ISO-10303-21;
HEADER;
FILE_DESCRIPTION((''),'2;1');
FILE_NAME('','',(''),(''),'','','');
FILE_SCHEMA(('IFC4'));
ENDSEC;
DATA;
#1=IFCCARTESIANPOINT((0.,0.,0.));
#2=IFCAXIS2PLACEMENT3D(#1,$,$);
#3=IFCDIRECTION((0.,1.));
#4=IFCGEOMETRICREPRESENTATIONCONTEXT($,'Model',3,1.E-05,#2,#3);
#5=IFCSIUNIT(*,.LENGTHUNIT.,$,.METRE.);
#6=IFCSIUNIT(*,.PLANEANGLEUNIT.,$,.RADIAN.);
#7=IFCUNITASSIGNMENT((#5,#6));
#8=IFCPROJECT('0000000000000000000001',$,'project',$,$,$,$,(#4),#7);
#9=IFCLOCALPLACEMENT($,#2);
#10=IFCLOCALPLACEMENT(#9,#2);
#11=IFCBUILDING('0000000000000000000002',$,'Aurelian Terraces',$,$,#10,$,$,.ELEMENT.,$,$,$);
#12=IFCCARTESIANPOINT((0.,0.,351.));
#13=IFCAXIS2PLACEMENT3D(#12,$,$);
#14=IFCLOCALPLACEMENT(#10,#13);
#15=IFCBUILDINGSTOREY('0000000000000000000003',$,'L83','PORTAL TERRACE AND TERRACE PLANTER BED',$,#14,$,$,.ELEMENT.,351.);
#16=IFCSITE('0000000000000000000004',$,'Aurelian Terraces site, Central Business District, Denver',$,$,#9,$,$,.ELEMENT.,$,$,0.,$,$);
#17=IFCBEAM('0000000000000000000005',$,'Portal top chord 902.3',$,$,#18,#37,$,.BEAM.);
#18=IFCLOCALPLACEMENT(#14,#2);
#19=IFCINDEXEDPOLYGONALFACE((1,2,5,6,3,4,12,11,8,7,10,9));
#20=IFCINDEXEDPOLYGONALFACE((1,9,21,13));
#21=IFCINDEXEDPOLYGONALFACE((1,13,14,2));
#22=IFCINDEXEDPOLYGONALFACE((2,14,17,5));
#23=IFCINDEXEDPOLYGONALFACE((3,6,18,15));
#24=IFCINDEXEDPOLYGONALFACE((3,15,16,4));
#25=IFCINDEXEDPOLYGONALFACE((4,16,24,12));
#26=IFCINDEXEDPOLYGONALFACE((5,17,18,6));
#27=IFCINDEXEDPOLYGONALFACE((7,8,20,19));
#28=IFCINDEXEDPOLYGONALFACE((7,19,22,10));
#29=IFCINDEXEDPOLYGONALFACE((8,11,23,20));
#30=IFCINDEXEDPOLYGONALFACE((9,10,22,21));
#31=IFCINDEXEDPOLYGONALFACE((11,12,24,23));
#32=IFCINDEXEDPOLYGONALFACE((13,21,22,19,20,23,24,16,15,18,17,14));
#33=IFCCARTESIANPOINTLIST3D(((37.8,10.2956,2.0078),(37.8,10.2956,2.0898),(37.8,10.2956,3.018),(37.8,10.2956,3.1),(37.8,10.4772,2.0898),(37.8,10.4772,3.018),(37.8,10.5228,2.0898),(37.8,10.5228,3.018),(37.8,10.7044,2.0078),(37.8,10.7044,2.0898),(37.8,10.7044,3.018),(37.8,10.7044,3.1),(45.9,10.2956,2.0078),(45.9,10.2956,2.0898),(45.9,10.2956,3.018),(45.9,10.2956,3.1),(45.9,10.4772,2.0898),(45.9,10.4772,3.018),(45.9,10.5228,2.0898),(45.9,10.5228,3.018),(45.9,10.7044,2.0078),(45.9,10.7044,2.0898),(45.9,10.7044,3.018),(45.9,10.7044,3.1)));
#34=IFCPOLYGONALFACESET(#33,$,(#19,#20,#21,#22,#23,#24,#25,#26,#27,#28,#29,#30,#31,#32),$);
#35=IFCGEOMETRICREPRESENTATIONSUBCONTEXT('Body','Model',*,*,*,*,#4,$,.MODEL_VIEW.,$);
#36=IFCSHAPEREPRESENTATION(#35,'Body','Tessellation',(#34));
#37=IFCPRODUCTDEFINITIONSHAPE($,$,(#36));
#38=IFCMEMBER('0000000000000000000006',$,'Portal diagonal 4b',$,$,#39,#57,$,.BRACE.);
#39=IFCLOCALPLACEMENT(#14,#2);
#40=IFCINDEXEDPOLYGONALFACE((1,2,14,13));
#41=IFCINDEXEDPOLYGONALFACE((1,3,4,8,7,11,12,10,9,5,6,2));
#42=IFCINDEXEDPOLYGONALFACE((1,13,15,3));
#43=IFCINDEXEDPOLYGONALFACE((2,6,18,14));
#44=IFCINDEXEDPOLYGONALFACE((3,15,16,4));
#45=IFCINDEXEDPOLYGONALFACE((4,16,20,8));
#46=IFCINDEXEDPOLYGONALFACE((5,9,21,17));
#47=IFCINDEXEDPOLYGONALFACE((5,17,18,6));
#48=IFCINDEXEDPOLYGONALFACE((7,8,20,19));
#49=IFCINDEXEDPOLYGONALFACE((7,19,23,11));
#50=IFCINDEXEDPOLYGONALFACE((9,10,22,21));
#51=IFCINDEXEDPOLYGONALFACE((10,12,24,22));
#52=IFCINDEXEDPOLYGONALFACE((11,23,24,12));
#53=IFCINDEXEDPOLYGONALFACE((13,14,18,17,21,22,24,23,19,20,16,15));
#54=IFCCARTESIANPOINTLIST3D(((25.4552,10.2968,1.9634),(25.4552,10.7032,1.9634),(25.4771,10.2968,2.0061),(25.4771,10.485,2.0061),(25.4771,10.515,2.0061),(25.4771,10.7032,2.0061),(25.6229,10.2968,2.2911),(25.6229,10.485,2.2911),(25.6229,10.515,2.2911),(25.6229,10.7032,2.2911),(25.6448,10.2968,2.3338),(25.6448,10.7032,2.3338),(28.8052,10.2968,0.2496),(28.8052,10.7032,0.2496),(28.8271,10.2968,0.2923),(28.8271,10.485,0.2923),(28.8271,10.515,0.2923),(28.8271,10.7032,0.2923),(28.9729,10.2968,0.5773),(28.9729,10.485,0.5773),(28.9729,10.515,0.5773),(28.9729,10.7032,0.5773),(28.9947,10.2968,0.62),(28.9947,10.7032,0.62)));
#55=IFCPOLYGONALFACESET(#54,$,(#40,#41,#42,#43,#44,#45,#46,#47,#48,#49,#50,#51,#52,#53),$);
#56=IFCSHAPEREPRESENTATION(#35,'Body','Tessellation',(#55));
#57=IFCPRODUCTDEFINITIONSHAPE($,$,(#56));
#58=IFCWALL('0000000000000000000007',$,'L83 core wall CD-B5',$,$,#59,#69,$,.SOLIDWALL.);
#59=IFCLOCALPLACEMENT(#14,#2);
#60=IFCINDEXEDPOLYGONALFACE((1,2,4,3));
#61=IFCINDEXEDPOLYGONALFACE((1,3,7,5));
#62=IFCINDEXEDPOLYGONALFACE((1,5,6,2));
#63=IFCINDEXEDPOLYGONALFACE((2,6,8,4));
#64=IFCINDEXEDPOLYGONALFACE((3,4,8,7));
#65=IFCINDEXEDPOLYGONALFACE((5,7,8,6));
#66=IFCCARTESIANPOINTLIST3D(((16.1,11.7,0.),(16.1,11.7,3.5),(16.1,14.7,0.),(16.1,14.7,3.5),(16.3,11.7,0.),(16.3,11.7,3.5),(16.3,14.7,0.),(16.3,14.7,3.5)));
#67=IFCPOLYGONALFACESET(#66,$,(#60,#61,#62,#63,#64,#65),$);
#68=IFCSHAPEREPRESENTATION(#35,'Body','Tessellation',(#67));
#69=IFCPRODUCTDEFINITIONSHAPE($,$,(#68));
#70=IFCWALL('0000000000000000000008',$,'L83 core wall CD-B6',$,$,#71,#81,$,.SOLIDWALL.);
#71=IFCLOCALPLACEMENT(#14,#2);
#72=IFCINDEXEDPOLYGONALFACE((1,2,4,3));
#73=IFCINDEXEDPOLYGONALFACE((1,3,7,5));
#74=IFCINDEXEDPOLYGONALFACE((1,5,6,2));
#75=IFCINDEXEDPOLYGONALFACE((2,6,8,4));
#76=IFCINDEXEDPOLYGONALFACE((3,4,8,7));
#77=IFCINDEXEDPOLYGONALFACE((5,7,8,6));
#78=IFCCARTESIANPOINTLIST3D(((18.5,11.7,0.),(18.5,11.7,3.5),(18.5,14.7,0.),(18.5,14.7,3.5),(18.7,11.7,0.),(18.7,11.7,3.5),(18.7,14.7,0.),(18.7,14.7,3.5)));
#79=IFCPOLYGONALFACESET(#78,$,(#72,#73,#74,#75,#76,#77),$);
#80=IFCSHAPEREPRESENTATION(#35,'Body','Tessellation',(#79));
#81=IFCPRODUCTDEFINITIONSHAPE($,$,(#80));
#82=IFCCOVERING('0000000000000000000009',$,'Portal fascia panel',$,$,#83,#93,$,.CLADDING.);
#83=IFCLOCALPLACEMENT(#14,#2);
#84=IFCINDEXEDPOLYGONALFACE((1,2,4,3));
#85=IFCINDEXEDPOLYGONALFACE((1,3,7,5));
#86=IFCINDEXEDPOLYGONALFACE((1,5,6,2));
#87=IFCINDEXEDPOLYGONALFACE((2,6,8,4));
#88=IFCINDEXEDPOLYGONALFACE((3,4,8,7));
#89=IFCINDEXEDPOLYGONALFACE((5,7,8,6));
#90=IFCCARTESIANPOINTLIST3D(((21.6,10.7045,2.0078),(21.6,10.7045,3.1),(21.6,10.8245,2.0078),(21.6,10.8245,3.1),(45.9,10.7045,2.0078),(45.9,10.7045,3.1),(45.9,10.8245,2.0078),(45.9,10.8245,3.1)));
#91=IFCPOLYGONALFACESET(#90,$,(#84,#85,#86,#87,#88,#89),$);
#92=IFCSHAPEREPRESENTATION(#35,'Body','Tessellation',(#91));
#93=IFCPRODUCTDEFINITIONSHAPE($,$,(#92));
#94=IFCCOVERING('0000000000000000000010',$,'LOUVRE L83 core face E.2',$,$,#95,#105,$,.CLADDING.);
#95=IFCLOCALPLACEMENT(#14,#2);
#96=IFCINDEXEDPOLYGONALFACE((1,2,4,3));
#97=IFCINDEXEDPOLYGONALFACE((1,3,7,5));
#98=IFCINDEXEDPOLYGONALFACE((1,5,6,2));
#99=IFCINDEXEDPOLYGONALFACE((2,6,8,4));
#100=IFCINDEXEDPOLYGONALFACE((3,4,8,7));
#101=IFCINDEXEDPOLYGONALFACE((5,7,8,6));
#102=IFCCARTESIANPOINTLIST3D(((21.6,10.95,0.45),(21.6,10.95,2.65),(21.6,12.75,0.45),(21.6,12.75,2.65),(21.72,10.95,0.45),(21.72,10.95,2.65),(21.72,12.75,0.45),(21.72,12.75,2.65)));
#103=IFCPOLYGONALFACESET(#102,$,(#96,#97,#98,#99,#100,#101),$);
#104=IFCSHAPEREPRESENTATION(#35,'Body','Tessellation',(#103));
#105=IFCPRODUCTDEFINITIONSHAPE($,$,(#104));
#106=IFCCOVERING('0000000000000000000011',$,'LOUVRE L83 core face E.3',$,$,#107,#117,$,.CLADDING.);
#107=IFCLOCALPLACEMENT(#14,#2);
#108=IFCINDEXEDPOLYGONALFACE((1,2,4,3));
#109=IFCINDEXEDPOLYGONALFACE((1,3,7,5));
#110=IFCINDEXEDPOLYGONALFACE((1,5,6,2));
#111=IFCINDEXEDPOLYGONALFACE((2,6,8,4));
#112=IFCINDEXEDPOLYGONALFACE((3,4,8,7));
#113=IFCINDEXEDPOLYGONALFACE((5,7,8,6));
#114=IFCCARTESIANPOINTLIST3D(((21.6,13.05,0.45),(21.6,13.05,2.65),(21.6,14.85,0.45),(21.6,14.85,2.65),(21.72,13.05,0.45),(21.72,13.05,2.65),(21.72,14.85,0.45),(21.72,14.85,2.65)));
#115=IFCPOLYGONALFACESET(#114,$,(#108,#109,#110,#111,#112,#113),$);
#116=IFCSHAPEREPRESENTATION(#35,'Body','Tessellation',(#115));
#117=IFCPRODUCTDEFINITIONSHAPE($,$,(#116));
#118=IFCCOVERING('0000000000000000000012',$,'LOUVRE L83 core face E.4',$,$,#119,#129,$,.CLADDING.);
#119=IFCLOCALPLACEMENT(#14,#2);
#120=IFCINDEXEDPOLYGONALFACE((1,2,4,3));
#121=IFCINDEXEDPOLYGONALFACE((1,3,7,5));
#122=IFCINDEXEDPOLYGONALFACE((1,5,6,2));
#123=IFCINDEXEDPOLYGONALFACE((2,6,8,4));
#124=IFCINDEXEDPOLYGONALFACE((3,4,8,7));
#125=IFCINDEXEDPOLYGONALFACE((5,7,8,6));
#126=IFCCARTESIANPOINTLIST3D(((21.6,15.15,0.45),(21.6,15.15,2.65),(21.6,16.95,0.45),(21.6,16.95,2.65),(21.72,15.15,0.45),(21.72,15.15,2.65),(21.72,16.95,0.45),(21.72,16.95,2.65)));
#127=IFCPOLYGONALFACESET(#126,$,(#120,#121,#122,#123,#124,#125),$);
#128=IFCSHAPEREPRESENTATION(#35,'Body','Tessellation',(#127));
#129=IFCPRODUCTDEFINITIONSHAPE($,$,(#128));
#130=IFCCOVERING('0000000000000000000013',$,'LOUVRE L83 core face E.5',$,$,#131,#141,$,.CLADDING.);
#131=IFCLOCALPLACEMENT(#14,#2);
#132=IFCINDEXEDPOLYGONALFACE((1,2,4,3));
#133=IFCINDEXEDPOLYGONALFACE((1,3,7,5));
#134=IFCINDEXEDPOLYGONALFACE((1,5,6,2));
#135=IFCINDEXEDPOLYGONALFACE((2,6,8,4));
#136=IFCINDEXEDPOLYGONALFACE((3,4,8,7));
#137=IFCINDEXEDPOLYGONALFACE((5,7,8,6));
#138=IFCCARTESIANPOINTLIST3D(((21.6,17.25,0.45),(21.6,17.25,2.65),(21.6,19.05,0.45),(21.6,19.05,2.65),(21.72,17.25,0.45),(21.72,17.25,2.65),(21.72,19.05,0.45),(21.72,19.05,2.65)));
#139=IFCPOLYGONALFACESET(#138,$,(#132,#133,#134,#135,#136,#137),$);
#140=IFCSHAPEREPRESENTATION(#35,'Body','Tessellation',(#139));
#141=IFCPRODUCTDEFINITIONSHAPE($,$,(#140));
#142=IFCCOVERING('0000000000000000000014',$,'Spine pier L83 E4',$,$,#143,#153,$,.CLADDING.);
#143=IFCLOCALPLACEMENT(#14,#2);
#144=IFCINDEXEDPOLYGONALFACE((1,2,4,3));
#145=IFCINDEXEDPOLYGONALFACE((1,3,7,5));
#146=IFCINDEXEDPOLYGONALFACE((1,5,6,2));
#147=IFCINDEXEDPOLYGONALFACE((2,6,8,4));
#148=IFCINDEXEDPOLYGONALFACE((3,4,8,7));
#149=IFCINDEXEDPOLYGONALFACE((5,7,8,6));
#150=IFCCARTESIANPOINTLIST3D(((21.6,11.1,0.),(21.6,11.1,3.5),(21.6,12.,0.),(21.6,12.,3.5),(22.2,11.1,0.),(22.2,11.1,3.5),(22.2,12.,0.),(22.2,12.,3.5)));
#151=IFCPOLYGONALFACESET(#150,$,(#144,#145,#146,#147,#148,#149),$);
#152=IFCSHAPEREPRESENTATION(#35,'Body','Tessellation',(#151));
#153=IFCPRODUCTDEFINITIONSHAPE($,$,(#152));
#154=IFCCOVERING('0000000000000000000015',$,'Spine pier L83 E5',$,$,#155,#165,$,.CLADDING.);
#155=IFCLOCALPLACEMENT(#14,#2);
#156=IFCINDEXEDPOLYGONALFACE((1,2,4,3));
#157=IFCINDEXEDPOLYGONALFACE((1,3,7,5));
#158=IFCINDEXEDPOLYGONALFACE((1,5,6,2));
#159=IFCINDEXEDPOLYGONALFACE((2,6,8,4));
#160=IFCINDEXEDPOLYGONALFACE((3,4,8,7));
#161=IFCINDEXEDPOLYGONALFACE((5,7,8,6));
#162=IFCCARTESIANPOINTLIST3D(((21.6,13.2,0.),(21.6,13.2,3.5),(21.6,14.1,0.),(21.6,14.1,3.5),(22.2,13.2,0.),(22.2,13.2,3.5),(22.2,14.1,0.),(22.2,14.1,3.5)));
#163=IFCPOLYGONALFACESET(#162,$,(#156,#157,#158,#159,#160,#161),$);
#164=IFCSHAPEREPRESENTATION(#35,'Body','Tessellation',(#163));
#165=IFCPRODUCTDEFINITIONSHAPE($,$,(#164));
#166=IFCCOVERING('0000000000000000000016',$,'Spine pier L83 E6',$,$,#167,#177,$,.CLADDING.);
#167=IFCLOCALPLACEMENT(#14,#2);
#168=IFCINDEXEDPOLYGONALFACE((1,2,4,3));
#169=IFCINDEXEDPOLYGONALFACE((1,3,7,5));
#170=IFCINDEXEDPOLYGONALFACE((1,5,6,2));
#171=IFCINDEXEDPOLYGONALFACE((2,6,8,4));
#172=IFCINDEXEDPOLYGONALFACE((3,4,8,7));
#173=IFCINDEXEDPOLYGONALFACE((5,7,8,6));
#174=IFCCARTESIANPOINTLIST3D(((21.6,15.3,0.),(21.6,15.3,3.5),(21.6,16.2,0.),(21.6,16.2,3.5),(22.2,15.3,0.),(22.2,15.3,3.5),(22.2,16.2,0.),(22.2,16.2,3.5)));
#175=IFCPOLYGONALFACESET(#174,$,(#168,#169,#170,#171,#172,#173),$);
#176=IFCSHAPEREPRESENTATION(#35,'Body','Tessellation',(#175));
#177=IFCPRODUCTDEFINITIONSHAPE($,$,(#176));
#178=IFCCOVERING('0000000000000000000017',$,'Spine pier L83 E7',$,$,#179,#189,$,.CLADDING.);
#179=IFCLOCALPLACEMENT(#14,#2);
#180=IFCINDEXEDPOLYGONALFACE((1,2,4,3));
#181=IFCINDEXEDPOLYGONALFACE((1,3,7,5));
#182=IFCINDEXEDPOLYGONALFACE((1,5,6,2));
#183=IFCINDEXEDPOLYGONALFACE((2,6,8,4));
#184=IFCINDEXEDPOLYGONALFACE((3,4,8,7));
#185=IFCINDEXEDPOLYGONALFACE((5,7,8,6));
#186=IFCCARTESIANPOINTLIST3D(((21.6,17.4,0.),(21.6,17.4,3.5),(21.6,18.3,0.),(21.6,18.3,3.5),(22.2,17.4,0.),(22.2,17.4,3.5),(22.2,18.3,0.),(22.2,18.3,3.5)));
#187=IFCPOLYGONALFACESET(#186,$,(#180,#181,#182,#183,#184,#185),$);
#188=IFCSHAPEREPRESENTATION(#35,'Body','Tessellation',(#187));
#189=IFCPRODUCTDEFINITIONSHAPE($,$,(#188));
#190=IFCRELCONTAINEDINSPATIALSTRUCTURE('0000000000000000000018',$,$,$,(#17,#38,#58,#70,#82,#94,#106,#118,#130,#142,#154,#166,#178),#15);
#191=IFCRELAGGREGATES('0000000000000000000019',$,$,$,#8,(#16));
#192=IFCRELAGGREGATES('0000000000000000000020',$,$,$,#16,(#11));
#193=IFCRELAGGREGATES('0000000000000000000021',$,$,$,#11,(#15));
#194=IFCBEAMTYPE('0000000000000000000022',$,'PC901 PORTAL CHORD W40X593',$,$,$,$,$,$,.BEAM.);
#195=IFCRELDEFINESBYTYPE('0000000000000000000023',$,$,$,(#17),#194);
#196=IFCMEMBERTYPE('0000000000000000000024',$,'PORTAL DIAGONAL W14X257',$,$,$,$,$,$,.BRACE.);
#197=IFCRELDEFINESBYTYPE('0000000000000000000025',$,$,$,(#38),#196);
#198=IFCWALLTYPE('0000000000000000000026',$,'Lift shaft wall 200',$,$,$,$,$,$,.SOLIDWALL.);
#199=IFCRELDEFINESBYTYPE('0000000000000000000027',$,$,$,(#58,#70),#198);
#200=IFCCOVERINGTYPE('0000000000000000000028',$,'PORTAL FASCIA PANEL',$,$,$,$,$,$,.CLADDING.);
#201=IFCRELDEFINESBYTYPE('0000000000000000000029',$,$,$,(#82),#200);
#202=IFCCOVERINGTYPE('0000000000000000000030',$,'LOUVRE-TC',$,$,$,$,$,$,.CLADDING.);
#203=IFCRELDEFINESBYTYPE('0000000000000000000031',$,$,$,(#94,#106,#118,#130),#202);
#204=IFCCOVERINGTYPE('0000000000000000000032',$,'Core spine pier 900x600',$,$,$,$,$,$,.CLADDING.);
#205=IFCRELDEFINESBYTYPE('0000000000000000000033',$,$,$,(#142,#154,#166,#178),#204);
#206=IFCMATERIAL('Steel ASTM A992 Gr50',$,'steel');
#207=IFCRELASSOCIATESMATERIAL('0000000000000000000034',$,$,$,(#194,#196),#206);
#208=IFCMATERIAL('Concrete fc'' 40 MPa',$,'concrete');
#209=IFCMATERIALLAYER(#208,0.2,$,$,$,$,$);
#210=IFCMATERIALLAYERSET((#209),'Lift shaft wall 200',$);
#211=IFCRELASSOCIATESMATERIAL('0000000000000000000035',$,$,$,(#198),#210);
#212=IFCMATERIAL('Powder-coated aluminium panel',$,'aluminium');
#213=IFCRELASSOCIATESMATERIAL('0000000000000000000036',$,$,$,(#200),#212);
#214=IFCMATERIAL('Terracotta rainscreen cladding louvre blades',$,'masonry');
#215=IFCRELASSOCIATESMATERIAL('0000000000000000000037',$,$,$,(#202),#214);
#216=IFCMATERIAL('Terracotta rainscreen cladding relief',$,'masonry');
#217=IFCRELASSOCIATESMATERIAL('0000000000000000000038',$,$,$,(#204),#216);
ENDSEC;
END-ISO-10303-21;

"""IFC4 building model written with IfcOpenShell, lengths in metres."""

from ifc_helpers import new_model, si_unit, direction, frame, frame_2d, origin, origin_2d, place, context, subcontext, project, spatial, rectangle, i_section, extrude, source, transform, mapped, material, layer, layer_set, material_profile, profile_set, type_object, element, save


model = new_model("IFC4")

# Units and contexts
model_context = context("Model", 3, precision=1e-05, world=origin(), true_north=direction((0.0, 1.0)))
body_context = subcontext(model_context, "Body", "Model", "MODEL_VIEW")
ifc_project = project(units=[si_unit("LENGTHUNIT", "METRE"), si_unit("PLANEANGLEUNIT", "RADIAN")], contexts=[model_context])

# Site, building, storey
site_placement = place(None, origin())
site = spatial("IfcSite", under=ifc_project, at=site_placement, Name="Aurelian Terraces site, Central Business District, Denver", CompositionType="ELEMENT", RefElevation=0.0)
building_placement = place(site_placement, origin())
building = spatial("IfcBuilding", under=site, at=building_placement, Name="Aurelian Terraces", CompositionType="ELEMENT")
storey_placement = place(building_placement, frame((0.0, 0.0, 351.0)))
storey = spatial("IfcBuildingStorey", under=building, at=storey_placement, Name="L83", Description="PORTAL TERRACE AND TERRACE PLANTER BED", CompositionType="ELEMENT", Elevation=351.0)

# Shared definitions
ifc_material_1 = material(Name="Steel ASTM A992 Gr50", Category="steel")
ifc_material_profile_1 = material_profile(ifc_material_1, i_section(OverallWidth=0.4089, OverallDepth=1.0922, WebThickness=0.0455, FlangeThickness=0.082, at=origin_2d()))
ifc_profile_set_1 = profile_set([ifc_material_profile_1], Name="Steel ASTM A992 Gr50")
beam_type_1 = type_object("IfcBeamType", Name="PC901 PORTAL CHORD W40X593", PredefinedType="BEAM", material=ifc_profile_set_1)

# Shared definitions
ifc_material_profile_2 = material_profile(ifc_material_1, i_section(OverallWidth=0.4063, OverallDepth=0.4161, WebThickness=0.03, FlangeThickness=0.048, at=origin_2d()))
ifc_profile_set_2 = profile_set([ifc_material_profile_2], Name="Steel ASTM A992 Gr50")
member_type = type_object("IfcMemberType", Name="PORTAL DIAGONAL W14X257", PredefinedType="BRACE", material=ifc_profile_set_2)

# Beam
shared_shape_1 = source(origin(), body_context, "Body", "SweptSolid", [
    extrude(i_section(OverallWidth=0.4089, OverallDepth=1.0922, WebThickness=0.0455, FlangeThickness=0.082, at=origin_2d()), origin(), (0.0, 0.0, 1.0), 8.1),
])
beam_1_placement = place(storey_placement, frame((37.8, 10.5, 2.5539), z_axis=(1.0, 0.0, 0.0), x_axis=(0.0, 1.0, 0.0)))
element("IfcBeam", 1, at=beam_1_placement, inside=storey, type_object=beam_type_1, Name="Portal top chord 902.3", PredefinedType="BEAM", context=body_context, shape_type="MappedRepresentation", body=[
    mapped(shared_shape_1, transform((0.0, 0.0, 0.0), scale=1.0)),
])

# Member
shared_shape_2 = source(origin(), body_context, "Body", "SweptSolid", [
    extrude(i_section(OverallWidth=0.4063, OverallDepth=0.4161, WebThickness=0.03, FlangeThickness=0.048, at=origin_2d()), origin(), (0.0, 0.0, 1.0), 3.7629),
])
member_1_placement = place(storey_placement, frame((25.55, 10.5, 2.1486), z_axis=(0.890265, 0.0, -0.455443), x_axis=(0.0, 1.0, 0.0)))
element("IfcMember", 2, at=member_1_placement, inside=storey, type_object=member_type, Name="Portal diagonal 4b", PredefinedType="BRACE", context=body_context, shape_type="MappedRepresentation", body=[
    mapped(shared_shape_2, transform((0.0, 0.0, 0.0), scale=1.0)),
])

# Walls
ifc_material_2 = material(Name="Concrete fc' 40 MPa", Category="concrete")
ifc_layer = layer(ifc_material_2, 0.2)
ifc_layer_set = layer_set([ifc_layer], Name="Lift shaft wall 200")
wall_type = type_object("IfcWallType", Name="Lift shaft wall 200", PredefinedType="SOLIDWALL", material=ifc_layer_set)
shared_shape_3 = source(origin(), body_context, "Body", "SweptSolid", [
    extrude(rectangle(XDim=3.0, YDim=0.2, at=frame_2d((1.5, 0.0))), origin(), (0.0, 0.0, 1.0), 3.5),
])
for number, where, z_axis, x_axis, name in (
    (3, (16.2, 11.7, 0.0), (0.0, 0.0, 1.0), (0.0, 1.0, 0.0), "L83 core wall CD-B5"),
    (4, (18.6, 11.7, 0.0), (0.0, 0.0, 1.0), (0.0, 1.0, 0.0), "L83 core wall CD-B6"),
):
    element("IfcWall", number, at=place(storey_placement, frame(where, z_axis=z_axis, x_axis=x_axis)), inside=storey, type_object=wall_type, Name=name, PredefinedType="SOLIDWALL", context=body_context, shape_type="MappedRepresentation", body=[
        mapped(shared_shape_3, transform((0.0, 0.0, 0.0), scale=1.0)),
    ])

# Coverings
ifc_material_3 = material(Name="Powder-coated aluminium panel", Category="aluminium")
covering_type_1 = type_object("IfcCoveringType", Name="PORTAL FASCIA PANEL", PredefinedType="CLADDING", material=ifc_material_3)
covering_placement = place(storey_placement, frame((33.75, 10.7645, 2.0078), z_axis=(0.0, 0.0, 1.0), x_axis=(1.0, 0.0, 0.0)))
element("IfcCovering", 5, at=covering_placement, inside=storey, type_object=covering_type_1, Name="Portal fascia panel", PredefinedType="CLADDING", context=body_context, shape_type="SweptSolid", body=[
    extrude(rectangle(XDim=24.3, YDim=0.12, at=origin_2d()), origin(), (0.0, 0.0, 1.0), 1.0922),
])
ifc_material_4 = material(Name="Terracotta rainscreen cladding louvre blades", Category="masonry")
covering_type_2 = type_object("IfcCoveringType", Name="LOUVRE-TC", PredefinedType="CLADDING", material=ifc_material_4)
shared_shape_4 = source(origin(), body_context, "Body", "SweptSolid", [
    extrude(rectangle(XDim=0.12, YDim=1.8, at=origin_2d()), origin(), (0.0, 0.0, 1.0), 2.2),
])
for number, where, z_axis, x_axis, name in (
    (6, (21.66, 11.85, 0.45), (0.0, 0.0, 1.0), (1.0, 0.0, 0.0), "LOUVRE L83 core face E.2"),
    (7, (21.66, 13.95, 0.45), (0.0, 0.0, 1.0), (1.0, 0.0, 0.0), "LOUVRE L83 core face E.3"),
    (8, (21.66, 16.05, 0.45), (0.0, 0.0, 1.0), (1.0, 0.0, 0.0), "LOUVRE L83 core face E.4"),
    (9, (21.66, 18.15, 0.45), (0.0, 0.0, 1.0), (1.0, 0.0, 0.0), "LOUVRE L83 core face E.5"),
):
    element("IfcCovering", number, at=place(storey_placement, frame(where, z_axis=z_axis, x_axis=x_axis)), inside=storey, type_object=covering_type_2, Name=name, PredefinedType="CLADDING", context=body_context, shape_type="MappedRepresentation", body=[
        mapped(shared_shape_4, transform((0.0, 0.0, 0.0), scale=1.0)),
    ])
ifc_material_5 = material(Name="Terracotta rainscreen cladding relief", Category="masonry")
covering_type_3 = type_object("IfcCoveringType", Name="Core spine pier 900x600", PredefinedType="CLADDING", material=ifc_material_5)
shared_shape_5 = source(origin(), body_context, "Body", "SweptSolid", [
    extrude(rectangle(XDim=0.6, YDim=0.9, at=origin_2d()), origin(), (0.0, 0.0, 1.0), 3.5),
])
for number, where, z_axis, x_axis, name in (
    (10, (21.9, 11.55, 0.0), (0.0, 0.0, 1.0), (1.0, 0.0, 0.0), "Spine pier L83 E4"),
    (11, (21.9, 13.65, 0.0), (0.0, 0.0, 1.0), (1.0, 0.0, 0.0), "Spine pier L83 E5"),
    (12, (21.9, 15.75, 0.0), (0.0, 0.0, 1.0), (1.0, 0.0, 0.0), "Spine pier L83 E6"),
    (13, (21.9, 17.85, 0.0), (0.0, 0.0, 1.0), (1.0, 0.0, 0.0), "Spine pier L83 E7"),
):
    element("IfcCovering", number, at=place(storey_placement, frame(where, z_axis=z_axis, x_axis=x_axis)), inside=storey, type_object=covering_type_3, Name=name, PredefinedType="CLADDING", context=body_context, shape_type="MappedRepresentation", body=[
        mapped(shared_shape_5, transform((0.0, 0.0, 0.0), scale=1.0)),
    ])

save(model, "model.ifc")
